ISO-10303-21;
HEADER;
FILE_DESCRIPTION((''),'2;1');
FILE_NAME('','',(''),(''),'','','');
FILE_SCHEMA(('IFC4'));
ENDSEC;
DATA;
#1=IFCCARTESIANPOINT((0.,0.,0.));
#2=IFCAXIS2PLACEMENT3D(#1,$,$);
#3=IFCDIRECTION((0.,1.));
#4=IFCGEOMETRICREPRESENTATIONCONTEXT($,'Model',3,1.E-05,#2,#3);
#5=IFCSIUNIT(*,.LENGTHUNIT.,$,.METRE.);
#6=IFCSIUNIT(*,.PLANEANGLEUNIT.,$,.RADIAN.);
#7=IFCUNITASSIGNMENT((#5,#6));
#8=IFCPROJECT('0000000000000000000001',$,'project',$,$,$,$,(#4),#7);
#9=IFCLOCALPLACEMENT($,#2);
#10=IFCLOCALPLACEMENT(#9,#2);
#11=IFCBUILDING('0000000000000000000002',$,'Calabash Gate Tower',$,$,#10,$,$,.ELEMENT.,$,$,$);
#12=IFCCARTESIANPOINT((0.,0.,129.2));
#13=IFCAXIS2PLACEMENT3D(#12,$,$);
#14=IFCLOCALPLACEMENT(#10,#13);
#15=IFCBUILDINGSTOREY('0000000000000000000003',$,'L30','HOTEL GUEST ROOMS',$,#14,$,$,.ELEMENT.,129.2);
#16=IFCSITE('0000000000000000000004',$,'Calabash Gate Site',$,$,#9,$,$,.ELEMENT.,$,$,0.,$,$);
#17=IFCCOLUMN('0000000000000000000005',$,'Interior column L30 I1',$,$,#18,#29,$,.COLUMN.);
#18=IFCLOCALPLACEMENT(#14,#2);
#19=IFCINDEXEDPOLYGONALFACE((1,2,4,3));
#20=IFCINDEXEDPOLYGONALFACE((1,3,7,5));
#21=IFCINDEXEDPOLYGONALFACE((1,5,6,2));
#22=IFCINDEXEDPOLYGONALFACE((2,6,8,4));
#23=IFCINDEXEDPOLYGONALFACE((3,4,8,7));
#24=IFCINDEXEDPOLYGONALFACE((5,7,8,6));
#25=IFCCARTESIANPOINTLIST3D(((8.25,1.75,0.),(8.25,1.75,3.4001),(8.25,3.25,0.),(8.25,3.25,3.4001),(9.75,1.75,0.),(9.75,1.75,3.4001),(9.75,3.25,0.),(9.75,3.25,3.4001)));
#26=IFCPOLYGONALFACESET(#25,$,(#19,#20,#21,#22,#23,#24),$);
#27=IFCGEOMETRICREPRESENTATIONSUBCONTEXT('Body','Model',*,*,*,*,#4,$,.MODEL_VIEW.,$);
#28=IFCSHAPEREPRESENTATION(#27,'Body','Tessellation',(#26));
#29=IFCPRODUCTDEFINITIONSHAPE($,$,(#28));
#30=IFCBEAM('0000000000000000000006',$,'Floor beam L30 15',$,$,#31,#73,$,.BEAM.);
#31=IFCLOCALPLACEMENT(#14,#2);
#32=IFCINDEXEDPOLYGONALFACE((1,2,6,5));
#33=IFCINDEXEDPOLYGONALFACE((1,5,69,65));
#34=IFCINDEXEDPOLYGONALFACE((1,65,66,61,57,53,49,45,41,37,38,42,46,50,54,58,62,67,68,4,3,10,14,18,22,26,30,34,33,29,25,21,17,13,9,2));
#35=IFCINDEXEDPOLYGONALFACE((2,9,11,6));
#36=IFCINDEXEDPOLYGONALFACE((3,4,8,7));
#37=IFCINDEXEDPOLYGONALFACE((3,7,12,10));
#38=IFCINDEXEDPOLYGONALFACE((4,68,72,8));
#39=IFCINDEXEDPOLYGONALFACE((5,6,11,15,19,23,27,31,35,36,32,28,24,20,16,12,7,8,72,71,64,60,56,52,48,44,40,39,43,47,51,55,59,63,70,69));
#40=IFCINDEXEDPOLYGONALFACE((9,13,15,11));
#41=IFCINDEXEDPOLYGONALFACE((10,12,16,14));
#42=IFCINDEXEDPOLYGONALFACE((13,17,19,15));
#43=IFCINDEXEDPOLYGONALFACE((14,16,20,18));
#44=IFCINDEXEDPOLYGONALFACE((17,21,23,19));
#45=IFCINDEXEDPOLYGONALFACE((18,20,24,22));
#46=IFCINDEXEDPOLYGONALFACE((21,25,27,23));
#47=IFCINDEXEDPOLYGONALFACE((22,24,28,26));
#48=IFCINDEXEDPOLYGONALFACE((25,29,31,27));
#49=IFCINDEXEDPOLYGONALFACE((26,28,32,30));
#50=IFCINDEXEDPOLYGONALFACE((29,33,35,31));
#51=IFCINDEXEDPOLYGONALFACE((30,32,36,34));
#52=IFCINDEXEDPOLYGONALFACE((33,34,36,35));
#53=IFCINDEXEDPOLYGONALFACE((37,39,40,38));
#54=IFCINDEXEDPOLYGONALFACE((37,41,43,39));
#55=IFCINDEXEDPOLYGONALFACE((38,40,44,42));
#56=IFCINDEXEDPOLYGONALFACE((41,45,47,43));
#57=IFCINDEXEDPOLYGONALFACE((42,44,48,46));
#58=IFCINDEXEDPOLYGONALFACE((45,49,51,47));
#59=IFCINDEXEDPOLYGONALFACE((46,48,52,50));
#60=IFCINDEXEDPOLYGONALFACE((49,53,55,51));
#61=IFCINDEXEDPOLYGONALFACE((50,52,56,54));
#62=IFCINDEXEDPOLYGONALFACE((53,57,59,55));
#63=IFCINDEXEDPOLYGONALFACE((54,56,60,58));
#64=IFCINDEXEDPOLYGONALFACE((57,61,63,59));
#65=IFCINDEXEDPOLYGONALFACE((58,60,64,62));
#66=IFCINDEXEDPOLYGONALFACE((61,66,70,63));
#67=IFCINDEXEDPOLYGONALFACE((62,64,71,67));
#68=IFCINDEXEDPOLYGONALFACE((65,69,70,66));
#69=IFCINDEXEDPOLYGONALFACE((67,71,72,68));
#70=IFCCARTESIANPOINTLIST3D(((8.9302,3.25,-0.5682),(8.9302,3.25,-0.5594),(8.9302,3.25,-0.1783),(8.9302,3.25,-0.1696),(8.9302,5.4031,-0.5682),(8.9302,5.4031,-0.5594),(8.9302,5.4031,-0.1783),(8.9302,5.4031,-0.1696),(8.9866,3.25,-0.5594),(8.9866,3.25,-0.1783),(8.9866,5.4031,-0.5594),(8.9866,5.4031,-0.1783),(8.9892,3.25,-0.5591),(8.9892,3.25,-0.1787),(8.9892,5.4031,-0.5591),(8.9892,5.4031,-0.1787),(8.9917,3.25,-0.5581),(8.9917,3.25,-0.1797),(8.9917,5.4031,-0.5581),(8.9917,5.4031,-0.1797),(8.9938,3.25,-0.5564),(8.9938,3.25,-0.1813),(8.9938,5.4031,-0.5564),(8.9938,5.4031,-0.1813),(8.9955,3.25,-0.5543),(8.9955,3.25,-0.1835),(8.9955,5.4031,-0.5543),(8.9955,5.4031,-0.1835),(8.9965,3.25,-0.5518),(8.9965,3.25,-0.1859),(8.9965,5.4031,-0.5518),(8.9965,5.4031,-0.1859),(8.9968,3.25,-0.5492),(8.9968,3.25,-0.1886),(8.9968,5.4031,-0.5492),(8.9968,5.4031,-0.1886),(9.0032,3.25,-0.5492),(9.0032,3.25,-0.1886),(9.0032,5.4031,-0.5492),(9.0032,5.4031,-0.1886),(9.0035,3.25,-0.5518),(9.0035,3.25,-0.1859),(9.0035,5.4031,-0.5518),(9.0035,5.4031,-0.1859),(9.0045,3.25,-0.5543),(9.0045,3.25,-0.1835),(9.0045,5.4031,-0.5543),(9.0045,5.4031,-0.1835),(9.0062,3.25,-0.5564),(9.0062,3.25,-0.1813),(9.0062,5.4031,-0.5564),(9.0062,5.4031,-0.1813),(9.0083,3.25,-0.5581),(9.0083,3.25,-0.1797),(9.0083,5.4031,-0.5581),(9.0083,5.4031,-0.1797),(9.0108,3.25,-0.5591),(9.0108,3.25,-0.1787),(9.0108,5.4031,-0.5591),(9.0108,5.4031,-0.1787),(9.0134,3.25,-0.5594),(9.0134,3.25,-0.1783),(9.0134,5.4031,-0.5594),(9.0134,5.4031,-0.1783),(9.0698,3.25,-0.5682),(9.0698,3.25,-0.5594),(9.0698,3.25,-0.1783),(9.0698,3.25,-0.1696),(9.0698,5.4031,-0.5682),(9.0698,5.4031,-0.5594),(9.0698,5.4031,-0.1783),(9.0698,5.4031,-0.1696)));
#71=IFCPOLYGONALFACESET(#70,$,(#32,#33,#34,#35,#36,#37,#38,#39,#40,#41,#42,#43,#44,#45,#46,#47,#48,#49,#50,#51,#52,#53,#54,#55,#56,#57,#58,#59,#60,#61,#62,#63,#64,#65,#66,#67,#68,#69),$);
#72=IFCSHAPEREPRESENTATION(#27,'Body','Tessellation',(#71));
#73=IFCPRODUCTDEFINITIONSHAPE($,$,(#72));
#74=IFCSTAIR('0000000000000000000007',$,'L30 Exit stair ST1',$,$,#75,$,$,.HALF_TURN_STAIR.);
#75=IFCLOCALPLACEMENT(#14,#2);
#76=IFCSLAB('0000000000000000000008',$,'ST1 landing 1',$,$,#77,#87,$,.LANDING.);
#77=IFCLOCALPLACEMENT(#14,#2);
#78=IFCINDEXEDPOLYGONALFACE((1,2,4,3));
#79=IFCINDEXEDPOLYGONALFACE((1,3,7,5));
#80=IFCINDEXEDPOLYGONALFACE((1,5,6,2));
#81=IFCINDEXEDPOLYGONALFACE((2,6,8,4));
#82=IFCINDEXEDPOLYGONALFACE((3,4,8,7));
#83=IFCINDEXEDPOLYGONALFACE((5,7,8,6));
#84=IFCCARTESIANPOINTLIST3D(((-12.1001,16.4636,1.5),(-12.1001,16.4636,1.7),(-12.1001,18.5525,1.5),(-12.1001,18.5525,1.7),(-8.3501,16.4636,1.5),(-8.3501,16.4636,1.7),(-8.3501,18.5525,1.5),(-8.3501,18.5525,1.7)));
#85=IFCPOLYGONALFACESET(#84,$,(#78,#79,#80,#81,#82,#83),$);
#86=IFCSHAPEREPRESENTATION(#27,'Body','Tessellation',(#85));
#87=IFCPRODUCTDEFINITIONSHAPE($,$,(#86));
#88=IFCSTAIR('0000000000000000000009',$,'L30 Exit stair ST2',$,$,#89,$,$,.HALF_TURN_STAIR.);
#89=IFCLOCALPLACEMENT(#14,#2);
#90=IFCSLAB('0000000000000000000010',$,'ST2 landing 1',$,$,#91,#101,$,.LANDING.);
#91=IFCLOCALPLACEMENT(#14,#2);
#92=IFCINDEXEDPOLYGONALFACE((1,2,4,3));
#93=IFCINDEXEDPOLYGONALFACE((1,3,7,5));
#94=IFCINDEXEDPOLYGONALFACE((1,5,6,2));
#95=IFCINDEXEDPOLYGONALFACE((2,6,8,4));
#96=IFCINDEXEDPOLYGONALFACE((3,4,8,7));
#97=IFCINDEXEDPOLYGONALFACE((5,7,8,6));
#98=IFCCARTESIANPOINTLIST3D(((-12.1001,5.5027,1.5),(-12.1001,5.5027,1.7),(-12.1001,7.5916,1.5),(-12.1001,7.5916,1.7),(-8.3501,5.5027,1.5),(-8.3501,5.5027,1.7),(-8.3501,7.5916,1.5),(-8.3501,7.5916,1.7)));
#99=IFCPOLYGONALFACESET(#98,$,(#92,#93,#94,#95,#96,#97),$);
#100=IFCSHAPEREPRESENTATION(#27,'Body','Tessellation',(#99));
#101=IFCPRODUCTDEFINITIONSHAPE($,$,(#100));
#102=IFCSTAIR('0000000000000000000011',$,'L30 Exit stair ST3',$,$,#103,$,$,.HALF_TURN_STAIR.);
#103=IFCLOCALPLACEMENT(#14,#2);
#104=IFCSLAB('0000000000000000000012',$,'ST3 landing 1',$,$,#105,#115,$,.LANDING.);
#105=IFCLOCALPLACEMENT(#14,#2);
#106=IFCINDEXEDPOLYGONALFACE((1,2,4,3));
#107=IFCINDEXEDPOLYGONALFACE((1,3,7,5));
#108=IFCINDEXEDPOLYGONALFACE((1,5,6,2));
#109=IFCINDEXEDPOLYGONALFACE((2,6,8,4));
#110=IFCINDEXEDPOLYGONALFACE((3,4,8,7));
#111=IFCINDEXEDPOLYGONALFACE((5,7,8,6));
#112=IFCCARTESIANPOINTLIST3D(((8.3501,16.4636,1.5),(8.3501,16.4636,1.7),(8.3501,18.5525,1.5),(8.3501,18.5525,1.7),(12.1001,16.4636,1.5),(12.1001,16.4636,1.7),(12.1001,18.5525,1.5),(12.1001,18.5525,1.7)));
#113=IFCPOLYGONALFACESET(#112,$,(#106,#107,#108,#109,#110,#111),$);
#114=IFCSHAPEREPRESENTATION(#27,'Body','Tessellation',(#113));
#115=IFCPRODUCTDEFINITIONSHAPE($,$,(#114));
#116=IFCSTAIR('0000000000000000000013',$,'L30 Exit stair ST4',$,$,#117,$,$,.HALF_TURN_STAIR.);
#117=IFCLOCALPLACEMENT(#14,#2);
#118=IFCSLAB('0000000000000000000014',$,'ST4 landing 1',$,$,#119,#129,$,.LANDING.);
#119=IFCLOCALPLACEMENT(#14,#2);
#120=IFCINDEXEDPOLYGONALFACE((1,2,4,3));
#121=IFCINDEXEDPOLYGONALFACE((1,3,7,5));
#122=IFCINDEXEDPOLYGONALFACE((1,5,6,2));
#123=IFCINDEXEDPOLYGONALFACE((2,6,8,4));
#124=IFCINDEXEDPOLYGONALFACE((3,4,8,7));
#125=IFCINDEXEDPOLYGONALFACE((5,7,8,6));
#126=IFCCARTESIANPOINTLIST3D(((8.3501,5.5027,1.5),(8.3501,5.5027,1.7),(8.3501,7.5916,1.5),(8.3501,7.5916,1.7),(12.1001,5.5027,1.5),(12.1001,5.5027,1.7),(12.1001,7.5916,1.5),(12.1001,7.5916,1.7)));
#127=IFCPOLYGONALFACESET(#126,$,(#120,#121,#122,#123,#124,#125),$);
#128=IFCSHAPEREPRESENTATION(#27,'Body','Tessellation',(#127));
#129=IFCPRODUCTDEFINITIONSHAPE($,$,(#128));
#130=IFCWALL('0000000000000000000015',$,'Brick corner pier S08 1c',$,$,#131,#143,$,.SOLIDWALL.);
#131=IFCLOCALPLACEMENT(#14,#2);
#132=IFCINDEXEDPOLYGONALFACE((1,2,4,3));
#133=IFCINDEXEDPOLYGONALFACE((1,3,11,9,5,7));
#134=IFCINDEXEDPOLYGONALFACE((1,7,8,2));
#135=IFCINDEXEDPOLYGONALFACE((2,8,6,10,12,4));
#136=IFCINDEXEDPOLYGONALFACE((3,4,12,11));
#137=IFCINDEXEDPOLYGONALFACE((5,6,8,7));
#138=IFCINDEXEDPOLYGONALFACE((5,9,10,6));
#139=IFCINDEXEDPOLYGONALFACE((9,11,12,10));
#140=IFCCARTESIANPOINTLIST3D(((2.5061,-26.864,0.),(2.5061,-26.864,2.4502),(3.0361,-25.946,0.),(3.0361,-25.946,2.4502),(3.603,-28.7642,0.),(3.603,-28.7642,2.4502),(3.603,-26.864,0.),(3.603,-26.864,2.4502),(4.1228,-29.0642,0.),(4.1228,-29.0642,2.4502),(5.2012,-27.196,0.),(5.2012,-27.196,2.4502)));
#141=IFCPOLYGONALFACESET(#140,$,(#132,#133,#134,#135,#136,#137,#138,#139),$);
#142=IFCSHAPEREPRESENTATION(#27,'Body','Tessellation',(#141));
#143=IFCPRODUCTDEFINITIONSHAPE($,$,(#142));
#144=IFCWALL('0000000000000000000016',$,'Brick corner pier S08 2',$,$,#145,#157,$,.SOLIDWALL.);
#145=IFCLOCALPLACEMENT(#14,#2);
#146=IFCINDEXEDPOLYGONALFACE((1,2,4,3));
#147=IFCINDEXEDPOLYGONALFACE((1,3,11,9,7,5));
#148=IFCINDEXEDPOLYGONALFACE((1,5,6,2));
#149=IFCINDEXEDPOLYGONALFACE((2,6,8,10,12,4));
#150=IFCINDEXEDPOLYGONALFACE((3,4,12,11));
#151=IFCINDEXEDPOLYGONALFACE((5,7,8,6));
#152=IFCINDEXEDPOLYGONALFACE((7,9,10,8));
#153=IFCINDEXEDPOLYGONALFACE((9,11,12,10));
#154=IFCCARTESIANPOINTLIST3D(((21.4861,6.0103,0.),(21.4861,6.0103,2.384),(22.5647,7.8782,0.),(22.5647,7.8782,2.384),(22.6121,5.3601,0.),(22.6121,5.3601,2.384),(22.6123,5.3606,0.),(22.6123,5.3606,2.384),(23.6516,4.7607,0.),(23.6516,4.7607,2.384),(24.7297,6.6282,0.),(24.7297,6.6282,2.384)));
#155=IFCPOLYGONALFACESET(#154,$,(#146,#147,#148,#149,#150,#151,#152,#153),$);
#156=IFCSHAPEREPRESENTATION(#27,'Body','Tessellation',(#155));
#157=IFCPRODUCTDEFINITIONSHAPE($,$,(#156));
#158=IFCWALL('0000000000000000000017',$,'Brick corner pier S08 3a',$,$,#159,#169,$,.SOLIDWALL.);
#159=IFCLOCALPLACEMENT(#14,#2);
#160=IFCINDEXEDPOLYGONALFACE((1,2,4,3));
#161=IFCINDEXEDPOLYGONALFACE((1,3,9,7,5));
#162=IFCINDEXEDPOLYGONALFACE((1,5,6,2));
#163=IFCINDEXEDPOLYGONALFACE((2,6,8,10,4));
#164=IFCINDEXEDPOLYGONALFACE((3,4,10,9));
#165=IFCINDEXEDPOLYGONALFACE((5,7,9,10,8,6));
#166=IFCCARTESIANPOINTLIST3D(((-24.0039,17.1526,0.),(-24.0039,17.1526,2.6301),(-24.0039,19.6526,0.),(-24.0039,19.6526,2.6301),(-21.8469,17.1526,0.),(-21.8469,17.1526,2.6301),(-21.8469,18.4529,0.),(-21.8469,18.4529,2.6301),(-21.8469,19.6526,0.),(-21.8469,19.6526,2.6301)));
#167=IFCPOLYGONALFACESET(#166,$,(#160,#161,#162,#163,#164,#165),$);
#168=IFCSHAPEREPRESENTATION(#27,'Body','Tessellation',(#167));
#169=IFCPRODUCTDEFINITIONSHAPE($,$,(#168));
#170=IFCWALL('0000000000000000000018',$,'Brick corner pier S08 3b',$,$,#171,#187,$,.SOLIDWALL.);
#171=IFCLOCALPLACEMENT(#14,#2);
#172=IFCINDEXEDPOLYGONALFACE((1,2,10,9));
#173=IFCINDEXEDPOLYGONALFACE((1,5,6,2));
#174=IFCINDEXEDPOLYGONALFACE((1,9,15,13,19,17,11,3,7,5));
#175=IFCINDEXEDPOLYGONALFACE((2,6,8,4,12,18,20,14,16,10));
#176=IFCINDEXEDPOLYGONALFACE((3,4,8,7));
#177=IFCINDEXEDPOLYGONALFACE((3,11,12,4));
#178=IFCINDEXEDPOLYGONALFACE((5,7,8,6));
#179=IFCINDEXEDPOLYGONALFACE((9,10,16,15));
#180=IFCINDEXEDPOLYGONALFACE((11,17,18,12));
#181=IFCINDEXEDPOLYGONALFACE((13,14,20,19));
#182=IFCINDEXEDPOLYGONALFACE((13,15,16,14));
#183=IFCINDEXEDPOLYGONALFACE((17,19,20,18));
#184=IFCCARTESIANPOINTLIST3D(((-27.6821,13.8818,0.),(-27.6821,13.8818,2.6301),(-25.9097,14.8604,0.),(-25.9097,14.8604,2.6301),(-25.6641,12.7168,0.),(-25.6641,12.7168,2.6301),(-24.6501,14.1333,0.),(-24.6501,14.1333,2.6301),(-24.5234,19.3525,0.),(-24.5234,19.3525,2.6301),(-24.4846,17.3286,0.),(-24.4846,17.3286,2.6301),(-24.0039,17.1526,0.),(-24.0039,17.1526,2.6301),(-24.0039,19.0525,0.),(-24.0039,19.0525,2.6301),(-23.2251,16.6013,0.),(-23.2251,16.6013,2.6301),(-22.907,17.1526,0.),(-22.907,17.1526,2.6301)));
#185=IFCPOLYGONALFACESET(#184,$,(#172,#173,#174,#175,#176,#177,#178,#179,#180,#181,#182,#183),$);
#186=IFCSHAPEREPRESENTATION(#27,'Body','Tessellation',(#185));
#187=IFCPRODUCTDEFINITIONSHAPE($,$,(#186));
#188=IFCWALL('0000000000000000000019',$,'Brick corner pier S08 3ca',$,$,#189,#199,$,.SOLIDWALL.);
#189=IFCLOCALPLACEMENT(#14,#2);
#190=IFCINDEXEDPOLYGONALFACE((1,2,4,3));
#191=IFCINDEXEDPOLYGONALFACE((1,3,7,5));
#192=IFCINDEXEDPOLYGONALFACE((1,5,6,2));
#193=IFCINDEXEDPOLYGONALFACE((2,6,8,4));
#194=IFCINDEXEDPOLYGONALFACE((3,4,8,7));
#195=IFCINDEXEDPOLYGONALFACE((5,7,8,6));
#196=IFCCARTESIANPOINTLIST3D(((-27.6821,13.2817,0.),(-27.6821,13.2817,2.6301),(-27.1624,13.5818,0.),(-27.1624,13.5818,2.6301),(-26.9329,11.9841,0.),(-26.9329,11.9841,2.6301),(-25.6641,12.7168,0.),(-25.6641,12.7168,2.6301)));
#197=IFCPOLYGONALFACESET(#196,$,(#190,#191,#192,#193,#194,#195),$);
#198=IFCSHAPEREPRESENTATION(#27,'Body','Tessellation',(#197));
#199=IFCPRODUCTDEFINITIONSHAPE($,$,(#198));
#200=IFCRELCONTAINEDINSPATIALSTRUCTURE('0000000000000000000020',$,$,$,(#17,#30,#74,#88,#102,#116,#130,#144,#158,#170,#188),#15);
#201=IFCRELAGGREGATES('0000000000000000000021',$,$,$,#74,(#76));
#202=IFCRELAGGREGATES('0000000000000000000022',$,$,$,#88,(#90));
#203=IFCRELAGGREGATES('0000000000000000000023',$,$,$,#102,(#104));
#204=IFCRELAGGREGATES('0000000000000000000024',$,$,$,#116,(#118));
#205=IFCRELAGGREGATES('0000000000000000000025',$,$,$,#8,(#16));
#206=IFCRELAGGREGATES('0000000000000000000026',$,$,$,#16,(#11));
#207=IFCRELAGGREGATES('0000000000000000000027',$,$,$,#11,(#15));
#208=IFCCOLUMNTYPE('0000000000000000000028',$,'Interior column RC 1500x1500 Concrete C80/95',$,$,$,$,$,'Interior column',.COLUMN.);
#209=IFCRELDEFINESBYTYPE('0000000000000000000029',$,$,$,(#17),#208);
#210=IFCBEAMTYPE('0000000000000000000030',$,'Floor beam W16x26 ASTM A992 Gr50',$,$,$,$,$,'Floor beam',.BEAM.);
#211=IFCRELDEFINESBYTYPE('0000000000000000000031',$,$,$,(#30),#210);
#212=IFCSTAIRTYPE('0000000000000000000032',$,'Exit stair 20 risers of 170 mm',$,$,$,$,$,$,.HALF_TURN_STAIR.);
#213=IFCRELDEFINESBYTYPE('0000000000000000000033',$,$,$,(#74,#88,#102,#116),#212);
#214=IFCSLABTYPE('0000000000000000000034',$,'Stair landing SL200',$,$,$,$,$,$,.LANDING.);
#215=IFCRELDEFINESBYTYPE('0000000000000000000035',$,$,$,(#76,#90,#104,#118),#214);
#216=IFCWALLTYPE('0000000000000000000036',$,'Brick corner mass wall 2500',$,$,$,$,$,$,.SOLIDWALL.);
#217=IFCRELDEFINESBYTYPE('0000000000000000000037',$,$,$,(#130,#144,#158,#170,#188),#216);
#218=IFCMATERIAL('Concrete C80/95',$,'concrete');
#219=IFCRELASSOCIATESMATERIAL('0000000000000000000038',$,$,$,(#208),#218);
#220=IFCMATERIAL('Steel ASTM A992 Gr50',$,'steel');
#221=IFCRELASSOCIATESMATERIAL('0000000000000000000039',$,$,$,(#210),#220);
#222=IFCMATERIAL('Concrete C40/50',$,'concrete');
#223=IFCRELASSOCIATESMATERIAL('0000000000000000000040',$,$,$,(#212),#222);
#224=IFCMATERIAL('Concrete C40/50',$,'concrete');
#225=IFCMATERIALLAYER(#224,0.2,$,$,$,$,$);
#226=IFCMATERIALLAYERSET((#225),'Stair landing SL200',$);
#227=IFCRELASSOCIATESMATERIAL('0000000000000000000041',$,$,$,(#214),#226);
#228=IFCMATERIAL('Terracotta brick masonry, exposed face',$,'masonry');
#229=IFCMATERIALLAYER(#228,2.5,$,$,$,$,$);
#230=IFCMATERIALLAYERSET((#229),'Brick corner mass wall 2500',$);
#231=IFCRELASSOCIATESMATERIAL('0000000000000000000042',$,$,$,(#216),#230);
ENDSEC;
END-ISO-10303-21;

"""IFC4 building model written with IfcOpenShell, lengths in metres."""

from ifc_helpers import new_model, si_unit, direction, frame, origin, origin_2d, place, context, subcontext, project, spatial, polyline, rectangle, i_section, outline, extrude, material, layer, layer_set, material_profile, profile_set, type_object, element, aggregate, save


model = new_model("IFC4")

# Units and contexts
model_context = context("Model", 3, precision=1e-05, world=origin(), true_north=direction((0.0, 1.0)))
body_context = subcontext(model_context, "Body", "Model", "MODEL_VIEW")
ifc_project = project(units=[si_unit("LENGTHUNIT", "METRE"), si_unit("PLANEANGLEUNIT", "RADIAN")], contexts=[model_context])

# Site, building, storey
site_placement = place(None, origin())
site = spatial("IfcSite", under=ifc_project, at=site_placement, Name="Calabash Gate Site", CompositionType="ELEMENT", RefElevation=0.0)
building_placement = place(site_placement, origin())
building = spatial("IfcBuilding", under=site, at=building_placement, Name="Calabash Gate Tower", CompositionType="ELEMENT")
storey_placement = place(building_placement, frame((0.0, 0.0, 129.2)))
storey = spatial("IfcBuildingStorey", under=building, at=storey_placement, Name="L30", Description="HOTEL GUEST ROOMS", CompositionType="ELEMENT", Elevation=129.2)

# Column
ifc_material_1 = material(Name="Concrete C80/95", Category="concrete")
ifc_material_profile_1 = material_profile(ifc_material_1, rectangle(XDim=1.5, YDim=1.5, at=origin_2d()))
ifc_profile_set_1 = profile_set([ifc_material_profile_1], Name="Concrete C80/95")
column_type = type_object("IfcColumnType", Name="Interior column RC 1500x1500 Concrete C80/95", ElementType="Interior column", PredefinedType="COLUMN", material=ifc_profile_set_1)
column_placement = place(storey_placement, frame((9.0, 2.5, 0.0), z_axis=(0.0, 0.0, 1.0), x_axis=(1.0, 0.0, 0.0)))
element("IfcColumn", 1, at=column_placement, inside=storey, type_object=column_type, Name="Interior column L30 I1", PredefinedType="COLUMN", context=body_context, shape_type="SweptSolid", body=[
    extrude(rectangle(XDim=1.5, YDim=1.5, at=origin_2d()), origin(), (0.0, 0.0, 1.0), 3.4001),
])

# Beam
ifc_material_2 = material(Name="Steel ASTM A992 Gr50", Category="steel")
ifc_material_profile_2 = material_profile(ifc_material_2, i_section(OverallWidth=0.1396, OverallDepth=0.3987, WebThickness=0.0063, FlangeThickness=0.0088, FilletRadius=0.0103, at=origin_2d()))
ifc_profile_set_2 = profile_set([ifc_material_profile_2], Name="Steel ASTM A992 Gr50")
beam_type = type_object("IfcBeamType", Name="Floor beam W16x26 ASTM A992 Gr50", ElementType="Floor beam", PredefinedType="BEAM", material=ifc_profile_set_2)
beam_placement = place(storey_placement, frame((9.0, 3.25, -0.3689), z_axis=(0.0, 1.0, 0.0), x_axis=(-1.0, 0.0, 0.0)))
element("IfcBeam", 2, at=beam_placement, inside=storey, type_object=beam_type, Name="Floor beam L30 15", PredefinedType="BEAM", context=body_context, shape_type="SweptSolid", body=[
    extrude(i_section(OverallWidth=0.1396, OverallDepth=0.3987, WebThickness=0.0063, FlangeThickness=0.0088, FilletRadius=0.0103, at=origin_2d()), origin(), (0.0, 0.0, 1.0), 2.1531),
])

# Stairs, slabs
ifc_material_3 = material(Name="Concrete C40/50", Category="concrete")
stair_type = type_object("IfcStairType", Name="Exit stair 20 risers of 170 mm", PredefinedType="HALF_TURN_STAIR", material=ifc_material_3)
stair_1_placement = place(storey_placement, origin())
stair_1 = element("IfcStair", 3, at=stair_1_placement, inside=storey, type_object=stair_type, Name="L30 Exit stair ST1", PredefinedType="HALF_TURN_STAIR")
ifc_material_4 = material(Name="Concrete C40/50", Category="concrete")
ifc_layer_1 = layer(ifc_material_4, 0.2)
ifc_layer_set_1 = layer_set([ifc_layer_1], Name="Stair landing SL200")
slab_type = type_object("IfcSlabType", Name="Stair landing SL200", PredefinedType="LANDING", material=ifc_layer_set_1)
slab_1_placement = place(storey_placement, frame((0.0, 0.0, 1.5)))
slab_1 = element("IfcSlab", 4, at=slab_1_placement, type_object=slab_type, Name="ST1 landing 1", PredefinedType="LANDING", context=body_context, shape_type="SweptSolid", body=[
    extrude(outline(polyline([(-8.3501, 16.4636), (-8.3501, 18.5525), (-12.1001, 18.5525), (-12.1001, 16.4636), (-8.3501, 16.4636)])), origin(), (0.0, 0.0, 1.0), 0.2),
])
aggregate(stair_1, [slab_1])
stair_2_placement = place(storey_placement, origin())
stair_2 = element("IfcStair", 5, at=stair_2_placement, inside=storey, type_object=stair_type, Name="L30 Exit stair ST2", PredefinedType="HALF_TURN_STAIR")
slab_2_placement = place(storey_placement, frame((0.0, 0.0, 1.5)))
slab_2 = element("IfcSlab", 6, at=slab_2_placement, type_object=slab_type, Name="ST2 landing 1", PredefinedType="LANDING", context=body_context, shape_type="SweptSolid", body=[
    extrude(outline(polyline([(-12.1001, 7.5916), (-12.1001, 5.5027), (-8.3501, 5.5027), (-8.3501, 7.5916), (-12.1001, 7.5916)])), origin(), (0.0, 0.0, 1.0), 0.2),
])
aggregate(stair_2, [slab_2])
stair_3_placement = place(storey_placement, origin())
stair_3 = element("IfcStair", 7, at=stair_3_placement, inside=storey, type_object=stair_type, Name="L30 Exit stair ST3", PredefinedType="HALF_TURN_STAIR")
slab_3_placement = place(storey_placement, frame((0.0, 0.0, 1.5)))
slab_3 = element("IfcSlab", 8, at=slab_3_placement, type_object=slab_type, Name="ST3 landing 1", PredefinedType="LANDING", context=body_context, shape_type="SweptSolid", body=[
    extrude(outline(polyline([(12.1001, 16.4636), (12.1001, 18.5525), (8.3501, 18.5525), (8.3501, 16.4636), (12.1001, 16.4636)])), origin(), (0.0, 0.0, 1.0), 0.2),
])
aggregate(stair_3, [slab_3])
stair_4_placement = place(storey_placement, origin())
stair_4 = element("IfcStair", 9, at=stair_4_placement, inside=storey, type_object=stair_type, Name="L30 Exit stair ST4", PredefinedType="HALF_TURN_STAIR")
slab_4_placement = place(storey_placement, frame((0.0, 0.0, 1.5)))
slab_4 = element("IfcSlab", 10, at=slab_4_placement, type_object=slab_type, Name="ST4 landing 1", PredefinedType="LANDING", context=body_context, shape_type="SweptSolid", body=[
    extrude(outline(polyline([(8.3501, 7.5916), (8.3501, 5.5027), (12.1001, 5.5027), (12.1001, 7.5916), (8.3501, 7.5916)])), origin(), (0.0, 0.0, 1.0), 0.2),
])
aggregate(stair_4, [slab_4])

# Walls
ifc_material_5 = material(Name="Terracotta brick masonry, exposed face", Category="masonry")
ifc_layer_2 = layer(ifc_material_5, 2.5)
ifc_layer_set_2 = layer_set([ifc_layer_2], Name="Brick corner mass wall 2500")
wall_type_1 = type_object("IfcWallType", Name="Brick corner mass wall 2500", PredefinedType="SOLIDWALL", material=ifc_layer_set_2)
wall_1_placement = place(storey_placement, origin())
element("IfcWall", 11, at=wall_1_placement, inside=storey, type_object=wall_type_1, Name="Brick corner pier S08 1c", PredefinedType="SOLIDWALL", context=body_context, shape_type="SweptSolid", body=[
    extrude(outline(polyline([(5.2012, -27.196), (3.0361, -25.946), (2.5061, -26.864), (3.603, -26.864), (3.603, -28.7642), (4.1228, -29.0642), (5.2012, -27.196)])), origin(), (0.0, 0.0, 1.0), 2.4502),
])
wall_2_placement = place(storey_placement, origin())
element("IfcWall", 12, at=wall_2_placement, inside=storey, type_object=wall_type_1, Name="Brick corner pier S08 2", PredefinedType="SOLIDWALL", context=body_context, shape_type="SweptSolid", body=[
    extrude(outline(polyline([(22.5647, 7.8782), (21.4861, 6.0103), (22.6121, 5.3601), (22.6123, 5.3606), (23.6516, 4.7607), (24.7297, 6.6282), (22.5647, 7.8782)])), origin(), (0.0, 0.0, 1.0), 2.384),
])
wall_3_placement = place(storey_placement, origin())
element("IfcWall", 13, at=wall_3_placement, inside=storey, type_object=wall_type_1, Name="Brick corner pier S08 3a", PredefinedType="SOLIDWALL", context=body_context, shape_type="SweptSolid", body=[
    extrude(outline(polyline([(-24.0039, 17.1526), (-21.8469, 17.1526), (-21.8469, 18.4529), (-21.8469, 18.4529), (-21.8469, 19.6526), (-24.0039, 19.6526), (-24.0039, 17.1526)])), origin(), (0.0, 0.0, 1.0), 2.6301),
])
wall_4_placement = place(storey_placement, origin())
element("IfcWall", 14, at=wall_4_placement, inside=storey, type_object=wall_type_1, Name="Brick corner pier S08 3b", PredefinedType="SOLIDWALL", context=body_context, shape_type="SweptSolid", body=[
    extrude(outline(polyline([(-23.2251, 16.6013), (-22.907, 17.1526), (-24.0039, 17.1526), (-24.0039, 19.0525), (-24.5234, 19.3525), (-27.6821, 13.8818), (-25.6641, 12.7168), (-24.6501, 14.1333), (-25.9097, 14.8604), (-24.4846, 17.3286), (-23.2251, 16.6013)])), origin(), (0.0, 0.0, 1.0), 2.6301),
])
wall_5_placement = place(storey_placement, origin())
element("IfcWall", 15, at=wall_5_placement, inside=storey, type_object=wall_type_1, Name="Brick corner pier S08 3ca", PredefinedType="SOLIDWALL", context=body_context, shape_type="SweptSolid", body=[
    extrude(outline(polyline([(-27.1624, 13.5818), (-27.6821, 13.2817), (-26.9329, 11.9841), (-25.6641, 12.7168), (-27.1624, 13.5818)])), origin(), (0.0, 0.0, 1.0), 2.6301),
])

save(model, "model.ifc")
